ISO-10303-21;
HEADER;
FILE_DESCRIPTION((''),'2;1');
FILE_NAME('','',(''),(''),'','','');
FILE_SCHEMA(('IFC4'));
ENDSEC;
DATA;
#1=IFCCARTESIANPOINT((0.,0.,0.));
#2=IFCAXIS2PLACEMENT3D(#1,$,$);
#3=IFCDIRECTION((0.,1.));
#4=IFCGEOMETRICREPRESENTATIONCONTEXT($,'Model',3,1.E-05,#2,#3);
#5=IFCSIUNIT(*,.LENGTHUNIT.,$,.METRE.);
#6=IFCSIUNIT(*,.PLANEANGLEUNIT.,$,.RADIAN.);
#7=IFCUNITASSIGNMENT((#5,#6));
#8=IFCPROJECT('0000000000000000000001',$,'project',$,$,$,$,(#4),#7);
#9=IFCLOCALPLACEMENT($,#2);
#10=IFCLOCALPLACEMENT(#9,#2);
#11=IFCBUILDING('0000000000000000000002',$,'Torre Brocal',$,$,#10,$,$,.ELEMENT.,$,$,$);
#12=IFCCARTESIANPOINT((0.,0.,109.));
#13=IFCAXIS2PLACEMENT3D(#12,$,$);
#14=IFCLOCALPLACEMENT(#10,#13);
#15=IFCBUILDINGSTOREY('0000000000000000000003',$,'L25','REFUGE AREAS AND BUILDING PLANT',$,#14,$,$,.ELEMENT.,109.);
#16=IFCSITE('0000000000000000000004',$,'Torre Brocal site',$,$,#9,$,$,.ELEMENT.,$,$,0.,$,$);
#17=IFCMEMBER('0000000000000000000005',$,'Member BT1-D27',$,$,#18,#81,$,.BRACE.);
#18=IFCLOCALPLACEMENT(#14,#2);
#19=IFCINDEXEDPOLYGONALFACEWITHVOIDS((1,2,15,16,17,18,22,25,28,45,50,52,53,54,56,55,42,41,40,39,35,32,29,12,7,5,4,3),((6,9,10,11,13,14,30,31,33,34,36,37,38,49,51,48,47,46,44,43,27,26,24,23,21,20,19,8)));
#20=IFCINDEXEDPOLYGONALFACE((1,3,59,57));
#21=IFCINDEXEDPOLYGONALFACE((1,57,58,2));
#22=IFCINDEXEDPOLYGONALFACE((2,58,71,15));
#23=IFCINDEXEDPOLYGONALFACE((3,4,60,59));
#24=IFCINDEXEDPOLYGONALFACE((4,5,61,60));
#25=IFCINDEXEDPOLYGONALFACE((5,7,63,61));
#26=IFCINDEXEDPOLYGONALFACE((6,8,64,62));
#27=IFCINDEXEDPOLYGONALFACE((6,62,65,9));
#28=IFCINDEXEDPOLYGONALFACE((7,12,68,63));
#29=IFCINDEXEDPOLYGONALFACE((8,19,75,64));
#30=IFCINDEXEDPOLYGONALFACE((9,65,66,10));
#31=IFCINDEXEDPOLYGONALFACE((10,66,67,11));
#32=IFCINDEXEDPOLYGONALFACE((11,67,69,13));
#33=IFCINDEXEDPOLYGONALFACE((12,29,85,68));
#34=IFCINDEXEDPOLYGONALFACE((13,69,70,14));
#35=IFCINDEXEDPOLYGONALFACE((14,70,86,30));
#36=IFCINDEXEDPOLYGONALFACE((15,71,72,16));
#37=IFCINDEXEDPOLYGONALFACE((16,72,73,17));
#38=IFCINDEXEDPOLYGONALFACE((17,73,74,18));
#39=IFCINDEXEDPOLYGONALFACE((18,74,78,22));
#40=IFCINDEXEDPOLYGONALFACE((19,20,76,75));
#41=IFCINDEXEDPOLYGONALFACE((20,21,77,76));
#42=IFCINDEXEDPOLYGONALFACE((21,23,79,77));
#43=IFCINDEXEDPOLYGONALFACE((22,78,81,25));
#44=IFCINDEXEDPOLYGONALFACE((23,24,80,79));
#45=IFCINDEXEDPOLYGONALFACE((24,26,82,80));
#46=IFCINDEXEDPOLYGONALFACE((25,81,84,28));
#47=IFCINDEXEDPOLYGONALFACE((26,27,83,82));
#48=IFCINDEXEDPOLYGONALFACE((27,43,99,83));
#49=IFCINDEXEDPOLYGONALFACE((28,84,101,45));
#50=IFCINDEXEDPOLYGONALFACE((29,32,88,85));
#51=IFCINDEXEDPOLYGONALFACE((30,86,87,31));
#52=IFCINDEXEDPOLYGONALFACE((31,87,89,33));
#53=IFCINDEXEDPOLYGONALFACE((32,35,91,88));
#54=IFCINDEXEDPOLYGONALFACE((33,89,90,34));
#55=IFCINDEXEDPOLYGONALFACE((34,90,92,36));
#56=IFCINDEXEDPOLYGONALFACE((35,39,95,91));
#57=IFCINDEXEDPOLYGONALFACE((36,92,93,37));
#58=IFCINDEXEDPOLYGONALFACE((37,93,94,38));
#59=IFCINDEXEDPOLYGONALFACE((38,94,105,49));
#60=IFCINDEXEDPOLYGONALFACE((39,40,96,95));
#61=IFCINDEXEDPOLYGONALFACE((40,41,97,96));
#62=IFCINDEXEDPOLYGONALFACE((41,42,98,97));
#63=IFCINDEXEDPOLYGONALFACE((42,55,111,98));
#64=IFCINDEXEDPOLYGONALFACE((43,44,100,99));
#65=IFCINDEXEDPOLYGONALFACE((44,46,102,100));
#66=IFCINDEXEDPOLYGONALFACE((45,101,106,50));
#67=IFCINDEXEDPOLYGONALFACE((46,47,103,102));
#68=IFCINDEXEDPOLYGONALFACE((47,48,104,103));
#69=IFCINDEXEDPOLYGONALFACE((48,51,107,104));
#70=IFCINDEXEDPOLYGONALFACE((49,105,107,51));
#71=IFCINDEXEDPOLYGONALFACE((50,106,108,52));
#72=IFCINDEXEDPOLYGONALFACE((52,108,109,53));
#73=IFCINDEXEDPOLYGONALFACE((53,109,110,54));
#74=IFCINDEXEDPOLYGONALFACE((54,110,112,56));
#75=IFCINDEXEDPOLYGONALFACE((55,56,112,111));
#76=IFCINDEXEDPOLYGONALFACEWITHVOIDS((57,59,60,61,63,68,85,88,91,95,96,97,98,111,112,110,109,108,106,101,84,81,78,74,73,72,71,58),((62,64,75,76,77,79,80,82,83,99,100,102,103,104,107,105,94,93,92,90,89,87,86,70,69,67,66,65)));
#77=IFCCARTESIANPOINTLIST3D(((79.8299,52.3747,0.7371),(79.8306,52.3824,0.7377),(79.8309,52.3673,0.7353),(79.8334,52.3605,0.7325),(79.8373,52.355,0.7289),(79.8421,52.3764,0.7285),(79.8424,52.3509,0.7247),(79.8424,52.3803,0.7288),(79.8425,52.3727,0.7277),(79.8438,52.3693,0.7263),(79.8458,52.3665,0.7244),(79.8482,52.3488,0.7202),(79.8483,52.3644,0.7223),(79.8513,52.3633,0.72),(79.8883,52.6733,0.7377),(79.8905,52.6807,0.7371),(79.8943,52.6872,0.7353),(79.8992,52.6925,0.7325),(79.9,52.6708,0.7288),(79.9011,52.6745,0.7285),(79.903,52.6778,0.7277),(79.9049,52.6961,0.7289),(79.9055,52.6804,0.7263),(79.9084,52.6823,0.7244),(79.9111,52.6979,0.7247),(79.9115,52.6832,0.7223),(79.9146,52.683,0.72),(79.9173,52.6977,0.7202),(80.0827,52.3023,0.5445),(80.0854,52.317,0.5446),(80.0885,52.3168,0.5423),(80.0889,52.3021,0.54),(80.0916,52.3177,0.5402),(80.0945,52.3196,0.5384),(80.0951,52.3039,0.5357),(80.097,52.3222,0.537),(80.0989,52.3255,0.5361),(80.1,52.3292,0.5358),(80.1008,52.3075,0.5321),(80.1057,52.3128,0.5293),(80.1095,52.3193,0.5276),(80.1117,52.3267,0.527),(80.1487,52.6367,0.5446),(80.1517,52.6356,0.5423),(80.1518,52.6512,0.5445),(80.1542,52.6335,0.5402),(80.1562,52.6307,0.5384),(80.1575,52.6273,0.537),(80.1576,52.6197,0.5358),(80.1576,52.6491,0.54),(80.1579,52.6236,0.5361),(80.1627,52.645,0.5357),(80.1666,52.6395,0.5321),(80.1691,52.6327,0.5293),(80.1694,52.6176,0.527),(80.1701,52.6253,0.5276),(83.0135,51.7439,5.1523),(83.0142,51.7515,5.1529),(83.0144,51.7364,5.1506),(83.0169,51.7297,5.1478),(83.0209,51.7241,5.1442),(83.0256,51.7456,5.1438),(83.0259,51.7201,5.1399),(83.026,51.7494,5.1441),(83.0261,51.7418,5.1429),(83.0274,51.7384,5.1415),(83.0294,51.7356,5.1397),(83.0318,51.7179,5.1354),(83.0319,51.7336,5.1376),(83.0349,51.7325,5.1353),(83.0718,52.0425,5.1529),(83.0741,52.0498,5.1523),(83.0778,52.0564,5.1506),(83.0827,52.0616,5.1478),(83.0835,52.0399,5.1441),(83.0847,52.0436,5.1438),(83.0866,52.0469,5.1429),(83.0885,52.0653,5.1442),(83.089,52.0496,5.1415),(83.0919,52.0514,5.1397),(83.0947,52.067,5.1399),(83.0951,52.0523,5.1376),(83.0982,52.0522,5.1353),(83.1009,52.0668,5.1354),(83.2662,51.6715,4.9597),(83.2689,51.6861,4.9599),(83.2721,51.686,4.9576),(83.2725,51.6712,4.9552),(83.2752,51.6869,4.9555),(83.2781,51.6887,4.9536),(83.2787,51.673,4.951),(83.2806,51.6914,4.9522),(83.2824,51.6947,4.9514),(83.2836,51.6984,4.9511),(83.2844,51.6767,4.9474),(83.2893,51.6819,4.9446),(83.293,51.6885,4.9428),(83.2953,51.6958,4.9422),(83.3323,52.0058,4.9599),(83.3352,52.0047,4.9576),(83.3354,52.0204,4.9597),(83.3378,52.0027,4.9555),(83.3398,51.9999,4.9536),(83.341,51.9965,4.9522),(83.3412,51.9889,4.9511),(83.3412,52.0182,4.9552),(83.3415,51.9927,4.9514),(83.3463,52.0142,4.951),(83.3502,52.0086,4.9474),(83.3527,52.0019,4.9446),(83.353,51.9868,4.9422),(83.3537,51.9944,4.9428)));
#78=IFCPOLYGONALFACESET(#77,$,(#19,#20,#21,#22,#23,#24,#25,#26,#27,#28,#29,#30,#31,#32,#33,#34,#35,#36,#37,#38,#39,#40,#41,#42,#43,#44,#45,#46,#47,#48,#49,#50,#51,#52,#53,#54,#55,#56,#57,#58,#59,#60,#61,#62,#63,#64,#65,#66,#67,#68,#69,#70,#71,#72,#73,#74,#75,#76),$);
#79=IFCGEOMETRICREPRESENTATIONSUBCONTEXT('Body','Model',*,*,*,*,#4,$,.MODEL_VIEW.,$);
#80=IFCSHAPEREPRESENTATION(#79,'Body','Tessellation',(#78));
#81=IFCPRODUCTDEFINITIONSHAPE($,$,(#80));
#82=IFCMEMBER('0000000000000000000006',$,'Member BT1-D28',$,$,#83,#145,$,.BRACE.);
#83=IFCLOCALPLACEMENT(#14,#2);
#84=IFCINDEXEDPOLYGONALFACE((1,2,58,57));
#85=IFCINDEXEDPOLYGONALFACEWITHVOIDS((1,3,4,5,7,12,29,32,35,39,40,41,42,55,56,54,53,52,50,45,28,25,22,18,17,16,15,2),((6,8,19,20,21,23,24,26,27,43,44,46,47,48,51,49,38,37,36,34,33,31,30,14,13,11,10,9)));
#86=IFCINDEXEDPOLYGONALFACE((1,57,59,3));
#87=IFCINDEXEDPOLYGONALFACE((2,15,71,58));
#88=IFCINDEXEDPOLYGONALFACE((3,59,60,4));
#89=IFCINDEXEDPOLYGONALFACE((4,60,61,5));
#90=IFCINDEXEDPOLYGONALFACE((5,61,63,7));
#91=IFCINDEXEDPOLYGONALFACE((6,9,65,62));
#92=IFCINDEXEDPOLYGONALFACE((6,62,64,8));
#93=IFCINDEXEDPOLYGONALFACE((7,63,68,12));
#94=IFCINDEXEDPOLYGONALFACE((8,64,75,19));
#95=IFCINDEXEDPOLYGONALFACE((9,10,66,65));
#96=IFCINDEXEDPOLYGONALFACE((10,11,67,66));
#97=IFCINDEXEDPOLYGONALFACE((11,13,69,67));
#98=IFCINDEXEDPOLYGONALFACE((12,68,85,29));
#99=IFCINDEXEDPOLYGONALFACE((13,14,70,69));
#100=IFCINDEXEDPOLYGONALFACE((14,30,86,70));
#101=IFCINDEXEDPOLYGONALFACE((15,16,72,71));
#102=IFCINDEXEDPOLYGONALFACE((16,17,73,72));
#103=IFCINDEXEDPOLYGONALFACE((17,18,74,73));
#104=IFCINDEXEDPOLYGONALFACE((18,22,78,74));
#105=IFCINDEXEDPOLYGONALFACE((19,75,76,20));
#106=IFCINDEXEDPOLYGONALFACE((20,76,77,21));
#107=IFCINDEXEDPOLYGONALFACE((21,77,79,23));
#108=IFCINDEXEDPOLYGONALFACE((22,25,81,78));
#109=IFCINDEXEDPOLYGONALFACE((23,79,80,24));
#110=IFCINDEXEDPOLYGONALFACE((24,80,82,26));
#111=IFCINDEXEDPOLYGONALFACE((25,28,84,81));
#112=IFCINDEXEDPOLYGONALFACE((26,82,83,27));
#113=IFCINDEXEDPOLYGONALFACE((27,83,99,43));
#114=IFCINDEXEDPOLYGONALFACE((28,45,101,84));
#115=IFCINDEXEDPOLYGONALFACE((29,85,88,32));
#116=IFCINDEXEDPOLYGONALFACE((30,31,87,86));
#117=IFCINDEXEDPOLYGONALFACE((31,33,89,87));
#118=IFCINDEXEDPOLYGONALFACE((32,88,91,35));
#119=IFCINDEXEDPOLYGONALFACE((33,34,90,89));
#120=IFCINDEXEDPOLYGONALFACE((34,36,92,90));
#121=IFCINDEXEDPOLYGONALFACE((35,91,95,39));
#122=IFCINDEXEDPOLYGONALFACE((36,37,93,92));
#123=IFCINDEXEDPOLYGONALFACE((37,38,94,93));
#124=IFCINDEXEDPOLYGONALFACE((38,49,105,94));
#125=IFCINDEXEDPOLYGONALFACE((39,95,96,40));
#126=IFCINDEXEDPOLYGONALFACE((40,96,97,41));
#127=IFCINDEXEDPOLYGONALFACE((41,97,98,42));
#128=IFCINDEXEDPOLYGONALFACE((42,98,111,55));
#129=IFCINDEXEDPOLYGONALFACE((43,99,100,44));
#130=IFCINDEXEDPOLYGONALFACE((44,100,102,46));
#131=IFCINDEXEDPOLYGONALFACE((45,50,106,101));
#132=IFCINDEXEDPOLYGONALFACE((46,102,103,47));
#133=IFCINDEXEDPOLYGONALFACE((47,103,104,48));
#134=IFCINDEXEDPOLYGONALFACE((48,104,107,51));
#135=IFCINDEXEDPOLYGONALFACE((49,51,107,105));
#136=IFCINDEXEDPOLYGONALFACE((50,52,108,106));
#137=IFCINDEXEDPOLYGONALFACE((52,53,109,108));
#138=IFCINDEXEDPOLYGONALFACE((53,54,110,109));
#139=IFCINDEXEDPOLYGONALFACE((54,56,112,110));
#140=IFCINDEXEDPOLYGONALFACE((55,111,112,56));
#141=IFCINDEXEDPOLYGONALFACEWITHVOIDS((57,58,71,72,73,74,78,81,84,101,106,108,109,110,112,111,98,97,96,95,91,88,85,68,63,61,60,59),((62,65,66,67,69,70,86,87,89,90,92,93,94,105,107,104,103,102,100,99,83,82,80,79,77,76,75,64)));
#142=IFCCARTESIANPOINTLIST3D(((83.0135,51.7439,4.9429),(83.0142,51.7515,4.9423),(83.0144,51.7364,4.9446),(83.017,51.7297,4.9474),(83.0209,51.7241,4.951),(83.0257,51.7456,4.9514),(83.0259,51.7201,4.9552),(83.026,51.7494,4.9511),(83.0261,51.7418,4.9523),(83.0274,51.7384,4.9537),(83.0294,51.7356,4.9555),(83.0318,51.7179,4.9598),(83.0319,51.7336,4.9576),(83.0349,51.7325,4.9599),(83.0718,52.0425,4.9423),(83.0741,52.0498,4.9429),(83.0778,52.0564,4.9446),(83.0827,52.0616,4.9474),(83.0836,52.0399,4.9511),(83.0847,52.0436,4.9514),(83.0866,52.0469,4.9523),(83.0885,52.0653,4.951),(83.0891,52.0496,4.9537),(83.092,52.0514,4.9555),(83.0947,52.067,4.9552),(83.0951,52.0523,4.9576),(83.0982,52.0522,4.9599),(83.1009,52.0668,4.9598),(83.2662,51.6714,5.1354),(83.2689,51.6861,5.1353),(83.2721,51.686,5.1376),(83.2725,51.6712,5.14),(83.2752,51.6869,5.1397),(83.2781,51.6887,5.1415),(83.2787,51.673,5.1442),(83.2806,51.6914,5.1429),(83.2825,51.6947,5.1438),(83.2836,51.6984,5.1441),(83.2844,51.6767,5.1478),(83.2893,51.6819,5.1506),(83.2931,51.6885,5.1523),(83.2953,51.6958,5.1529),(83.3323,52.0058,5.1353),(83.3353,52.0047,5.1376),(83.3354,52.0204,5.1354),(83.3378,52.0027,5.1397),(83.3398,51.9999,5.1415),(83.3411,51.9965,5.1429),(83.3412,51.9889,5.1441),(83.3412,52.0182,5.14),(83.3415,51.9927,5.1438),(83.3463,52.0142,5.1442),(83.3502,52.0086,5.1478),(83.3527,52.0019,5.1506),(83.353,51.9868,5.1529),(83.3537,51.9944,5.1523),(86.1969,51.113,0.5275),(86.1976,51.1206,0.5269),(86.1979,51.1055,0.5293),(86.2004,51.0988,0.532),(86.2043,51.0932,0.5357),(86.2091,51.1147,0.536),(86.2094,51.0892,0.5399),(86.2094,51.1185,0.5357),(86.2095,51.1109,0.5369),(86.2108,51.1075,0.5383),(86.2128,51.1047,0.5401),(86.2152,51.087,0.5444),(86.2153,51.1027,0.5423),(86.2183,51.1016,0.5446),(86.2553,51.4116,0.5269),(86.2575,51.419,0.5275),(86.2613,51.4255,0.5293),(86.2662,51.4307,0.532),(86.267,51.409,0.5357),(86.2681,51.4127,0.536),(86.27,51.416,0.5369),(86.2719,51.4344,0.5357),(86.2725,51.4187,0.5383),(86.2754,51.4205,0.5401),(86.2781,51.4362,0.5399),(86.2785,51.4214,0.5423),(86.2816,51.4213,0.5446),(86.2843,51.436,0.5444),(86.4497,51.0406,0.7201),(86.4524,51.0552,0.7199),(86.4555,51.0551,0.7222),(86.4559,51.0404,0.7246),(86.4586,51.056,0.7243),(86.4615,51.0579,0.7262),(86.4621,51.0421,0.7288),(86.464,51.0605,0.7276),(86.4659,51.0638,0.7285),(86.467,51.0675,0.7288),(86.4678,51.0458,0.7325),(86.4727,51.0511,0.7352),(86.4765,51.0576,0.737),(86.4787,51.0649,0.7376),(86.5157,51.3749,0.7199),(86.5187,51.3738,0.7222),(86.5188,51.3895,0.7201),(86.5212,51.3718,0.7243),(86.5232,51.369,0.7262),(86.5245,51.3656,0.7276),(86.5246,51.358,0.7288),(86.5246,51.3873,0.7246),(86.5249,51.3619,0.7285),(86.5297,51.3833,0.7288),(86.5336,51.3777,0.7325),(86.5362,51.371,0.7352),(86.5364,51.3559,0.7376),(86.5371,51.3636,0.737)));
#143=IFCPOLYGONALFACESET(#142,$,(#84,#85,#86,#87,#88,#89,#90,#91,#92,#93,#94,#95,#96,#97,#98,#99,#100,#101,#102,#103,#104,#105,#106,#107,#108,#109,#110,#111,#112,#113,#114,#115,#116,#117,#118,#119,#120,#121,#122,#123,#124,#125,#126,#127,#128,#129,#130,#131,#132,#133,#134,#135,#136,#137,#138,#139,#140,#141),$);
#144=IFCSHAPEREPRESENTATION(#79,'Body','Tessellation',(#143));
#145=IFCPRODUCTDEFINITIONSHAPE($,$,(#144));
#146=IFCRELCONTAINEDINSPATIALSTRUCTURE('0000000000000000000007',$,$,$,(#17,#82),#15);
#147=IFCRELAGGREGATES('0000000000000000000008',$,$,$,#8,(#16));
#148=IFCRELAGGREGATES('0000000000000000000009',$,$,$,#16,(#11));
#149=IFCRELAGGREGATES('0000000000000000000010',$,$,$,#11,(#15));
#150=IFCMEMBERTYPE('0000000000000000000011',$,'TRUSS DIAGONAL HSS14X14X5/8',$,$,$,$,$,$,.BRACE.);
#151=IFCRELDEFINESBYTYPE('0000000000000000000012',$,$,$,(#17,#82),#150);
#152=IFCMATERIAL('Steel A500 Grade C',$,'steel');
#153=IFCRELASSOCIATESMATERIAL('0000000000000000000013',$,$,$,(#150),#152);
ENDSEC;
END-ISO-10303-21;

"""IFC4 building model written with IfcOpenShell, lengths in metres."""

from ifc_helpers import new_model, si_unit, direction, frame, origin, origin_2d, place, context, subcontext, project, spatial, hollow_rectangle, extrude, material, material_profile, profile_set, type_object, element, save


model = new_model("IFC4")

# Units and contexts
model_context = context("Model", 3, precision=1e-05, world=origin(), true_north=direction((0.0, 1.0)))
body_context = subcontext(model_context, "Body", "Model", "MODEL_VIEW")
ifc_project = project(units=[si_unit("LENGTHUNIT", "METRE"), si_unit("PLANEANGLEUNIT", "RADIAN")], contexts=[model_context])

# Site, building, storey
site_placement = place(None, origin())
site = spatial("IfcSite", under=ifc_project, at=site_placement, Name="Torre Brocal site", CompositionType="ELEMENT", RefElevation=0.0)
building_placement = place(site_placement, origin())
building = spatial("IfcBuilding", under=site, at=building_placement, Name="Torre Brocal", CompositionType="ELEMENT")
storey_placement = place(building_placement, frame((0.0, 0.0, 109.0)))
storey = spatial("IfcBuildingStorey", under=building, at=storey_placement, Name="L25", Description="REFUGE AREAS AND BUILDING PLANT", CompositionType="ELEMENT", Elevation=109.0)

# Members
ifc_material_1 = material(Name="Steel A500 Grade C", Category="steel")
ifc_material_profile_1 = material_profile(ifc_material_1, hollow_rectangle(XDim=0.3557, YDim=0.3557, WallThickness=0.0149, InnerFilletRadius=0.0149, OuterFilletRadius=0.0295, at=origin_2d()), Name="HSS14X14X5/8")
ifc_profile_set_1 = profile_set([ifc_material_profile_1], Name="Steel A500 Grade C")
member_type_1 = type_object("IfcMemberType", Name="TRUSS DIAGONAL HSS14X14X5/8", PredefinedType="BRACE", material=ifc_profile_set_1)
for number, where, z_axis, x_axis, name in (
    (1, (80.0, 52.5, 0.6323), (0.580971, -0.115125, 0.805741), (0.19438, 0.980926, 0.0), "Member BT1-D27"),
    (2, (83.1836, 51.8691, 5.0476), (0.580942, -0.115128, -0.805762), (0.194394, 0.980923, 0.0), "Member BT1-D28"),
):
    element("IfcMember", number, at=place(storey_placement, frame(where, z_axis=z_axis, x_axis=x_axis)), inside=storey, type_object=member_type_1, Name=name, PredefinedType="BRACE", context=body_context, shape_type="SweptSolid", body=[
        extrude(hollow_rectangle(XDim=0.3557, YDim=0.3557, WallThickness=0.0149, InnerFilletRadius=0.0149, OuterFilletRadius=0.0295, at=origin_2d()), origin(), (0.0, 0.0, 1.0), 5.4797),
    ])

save(model, "model.ifc")
